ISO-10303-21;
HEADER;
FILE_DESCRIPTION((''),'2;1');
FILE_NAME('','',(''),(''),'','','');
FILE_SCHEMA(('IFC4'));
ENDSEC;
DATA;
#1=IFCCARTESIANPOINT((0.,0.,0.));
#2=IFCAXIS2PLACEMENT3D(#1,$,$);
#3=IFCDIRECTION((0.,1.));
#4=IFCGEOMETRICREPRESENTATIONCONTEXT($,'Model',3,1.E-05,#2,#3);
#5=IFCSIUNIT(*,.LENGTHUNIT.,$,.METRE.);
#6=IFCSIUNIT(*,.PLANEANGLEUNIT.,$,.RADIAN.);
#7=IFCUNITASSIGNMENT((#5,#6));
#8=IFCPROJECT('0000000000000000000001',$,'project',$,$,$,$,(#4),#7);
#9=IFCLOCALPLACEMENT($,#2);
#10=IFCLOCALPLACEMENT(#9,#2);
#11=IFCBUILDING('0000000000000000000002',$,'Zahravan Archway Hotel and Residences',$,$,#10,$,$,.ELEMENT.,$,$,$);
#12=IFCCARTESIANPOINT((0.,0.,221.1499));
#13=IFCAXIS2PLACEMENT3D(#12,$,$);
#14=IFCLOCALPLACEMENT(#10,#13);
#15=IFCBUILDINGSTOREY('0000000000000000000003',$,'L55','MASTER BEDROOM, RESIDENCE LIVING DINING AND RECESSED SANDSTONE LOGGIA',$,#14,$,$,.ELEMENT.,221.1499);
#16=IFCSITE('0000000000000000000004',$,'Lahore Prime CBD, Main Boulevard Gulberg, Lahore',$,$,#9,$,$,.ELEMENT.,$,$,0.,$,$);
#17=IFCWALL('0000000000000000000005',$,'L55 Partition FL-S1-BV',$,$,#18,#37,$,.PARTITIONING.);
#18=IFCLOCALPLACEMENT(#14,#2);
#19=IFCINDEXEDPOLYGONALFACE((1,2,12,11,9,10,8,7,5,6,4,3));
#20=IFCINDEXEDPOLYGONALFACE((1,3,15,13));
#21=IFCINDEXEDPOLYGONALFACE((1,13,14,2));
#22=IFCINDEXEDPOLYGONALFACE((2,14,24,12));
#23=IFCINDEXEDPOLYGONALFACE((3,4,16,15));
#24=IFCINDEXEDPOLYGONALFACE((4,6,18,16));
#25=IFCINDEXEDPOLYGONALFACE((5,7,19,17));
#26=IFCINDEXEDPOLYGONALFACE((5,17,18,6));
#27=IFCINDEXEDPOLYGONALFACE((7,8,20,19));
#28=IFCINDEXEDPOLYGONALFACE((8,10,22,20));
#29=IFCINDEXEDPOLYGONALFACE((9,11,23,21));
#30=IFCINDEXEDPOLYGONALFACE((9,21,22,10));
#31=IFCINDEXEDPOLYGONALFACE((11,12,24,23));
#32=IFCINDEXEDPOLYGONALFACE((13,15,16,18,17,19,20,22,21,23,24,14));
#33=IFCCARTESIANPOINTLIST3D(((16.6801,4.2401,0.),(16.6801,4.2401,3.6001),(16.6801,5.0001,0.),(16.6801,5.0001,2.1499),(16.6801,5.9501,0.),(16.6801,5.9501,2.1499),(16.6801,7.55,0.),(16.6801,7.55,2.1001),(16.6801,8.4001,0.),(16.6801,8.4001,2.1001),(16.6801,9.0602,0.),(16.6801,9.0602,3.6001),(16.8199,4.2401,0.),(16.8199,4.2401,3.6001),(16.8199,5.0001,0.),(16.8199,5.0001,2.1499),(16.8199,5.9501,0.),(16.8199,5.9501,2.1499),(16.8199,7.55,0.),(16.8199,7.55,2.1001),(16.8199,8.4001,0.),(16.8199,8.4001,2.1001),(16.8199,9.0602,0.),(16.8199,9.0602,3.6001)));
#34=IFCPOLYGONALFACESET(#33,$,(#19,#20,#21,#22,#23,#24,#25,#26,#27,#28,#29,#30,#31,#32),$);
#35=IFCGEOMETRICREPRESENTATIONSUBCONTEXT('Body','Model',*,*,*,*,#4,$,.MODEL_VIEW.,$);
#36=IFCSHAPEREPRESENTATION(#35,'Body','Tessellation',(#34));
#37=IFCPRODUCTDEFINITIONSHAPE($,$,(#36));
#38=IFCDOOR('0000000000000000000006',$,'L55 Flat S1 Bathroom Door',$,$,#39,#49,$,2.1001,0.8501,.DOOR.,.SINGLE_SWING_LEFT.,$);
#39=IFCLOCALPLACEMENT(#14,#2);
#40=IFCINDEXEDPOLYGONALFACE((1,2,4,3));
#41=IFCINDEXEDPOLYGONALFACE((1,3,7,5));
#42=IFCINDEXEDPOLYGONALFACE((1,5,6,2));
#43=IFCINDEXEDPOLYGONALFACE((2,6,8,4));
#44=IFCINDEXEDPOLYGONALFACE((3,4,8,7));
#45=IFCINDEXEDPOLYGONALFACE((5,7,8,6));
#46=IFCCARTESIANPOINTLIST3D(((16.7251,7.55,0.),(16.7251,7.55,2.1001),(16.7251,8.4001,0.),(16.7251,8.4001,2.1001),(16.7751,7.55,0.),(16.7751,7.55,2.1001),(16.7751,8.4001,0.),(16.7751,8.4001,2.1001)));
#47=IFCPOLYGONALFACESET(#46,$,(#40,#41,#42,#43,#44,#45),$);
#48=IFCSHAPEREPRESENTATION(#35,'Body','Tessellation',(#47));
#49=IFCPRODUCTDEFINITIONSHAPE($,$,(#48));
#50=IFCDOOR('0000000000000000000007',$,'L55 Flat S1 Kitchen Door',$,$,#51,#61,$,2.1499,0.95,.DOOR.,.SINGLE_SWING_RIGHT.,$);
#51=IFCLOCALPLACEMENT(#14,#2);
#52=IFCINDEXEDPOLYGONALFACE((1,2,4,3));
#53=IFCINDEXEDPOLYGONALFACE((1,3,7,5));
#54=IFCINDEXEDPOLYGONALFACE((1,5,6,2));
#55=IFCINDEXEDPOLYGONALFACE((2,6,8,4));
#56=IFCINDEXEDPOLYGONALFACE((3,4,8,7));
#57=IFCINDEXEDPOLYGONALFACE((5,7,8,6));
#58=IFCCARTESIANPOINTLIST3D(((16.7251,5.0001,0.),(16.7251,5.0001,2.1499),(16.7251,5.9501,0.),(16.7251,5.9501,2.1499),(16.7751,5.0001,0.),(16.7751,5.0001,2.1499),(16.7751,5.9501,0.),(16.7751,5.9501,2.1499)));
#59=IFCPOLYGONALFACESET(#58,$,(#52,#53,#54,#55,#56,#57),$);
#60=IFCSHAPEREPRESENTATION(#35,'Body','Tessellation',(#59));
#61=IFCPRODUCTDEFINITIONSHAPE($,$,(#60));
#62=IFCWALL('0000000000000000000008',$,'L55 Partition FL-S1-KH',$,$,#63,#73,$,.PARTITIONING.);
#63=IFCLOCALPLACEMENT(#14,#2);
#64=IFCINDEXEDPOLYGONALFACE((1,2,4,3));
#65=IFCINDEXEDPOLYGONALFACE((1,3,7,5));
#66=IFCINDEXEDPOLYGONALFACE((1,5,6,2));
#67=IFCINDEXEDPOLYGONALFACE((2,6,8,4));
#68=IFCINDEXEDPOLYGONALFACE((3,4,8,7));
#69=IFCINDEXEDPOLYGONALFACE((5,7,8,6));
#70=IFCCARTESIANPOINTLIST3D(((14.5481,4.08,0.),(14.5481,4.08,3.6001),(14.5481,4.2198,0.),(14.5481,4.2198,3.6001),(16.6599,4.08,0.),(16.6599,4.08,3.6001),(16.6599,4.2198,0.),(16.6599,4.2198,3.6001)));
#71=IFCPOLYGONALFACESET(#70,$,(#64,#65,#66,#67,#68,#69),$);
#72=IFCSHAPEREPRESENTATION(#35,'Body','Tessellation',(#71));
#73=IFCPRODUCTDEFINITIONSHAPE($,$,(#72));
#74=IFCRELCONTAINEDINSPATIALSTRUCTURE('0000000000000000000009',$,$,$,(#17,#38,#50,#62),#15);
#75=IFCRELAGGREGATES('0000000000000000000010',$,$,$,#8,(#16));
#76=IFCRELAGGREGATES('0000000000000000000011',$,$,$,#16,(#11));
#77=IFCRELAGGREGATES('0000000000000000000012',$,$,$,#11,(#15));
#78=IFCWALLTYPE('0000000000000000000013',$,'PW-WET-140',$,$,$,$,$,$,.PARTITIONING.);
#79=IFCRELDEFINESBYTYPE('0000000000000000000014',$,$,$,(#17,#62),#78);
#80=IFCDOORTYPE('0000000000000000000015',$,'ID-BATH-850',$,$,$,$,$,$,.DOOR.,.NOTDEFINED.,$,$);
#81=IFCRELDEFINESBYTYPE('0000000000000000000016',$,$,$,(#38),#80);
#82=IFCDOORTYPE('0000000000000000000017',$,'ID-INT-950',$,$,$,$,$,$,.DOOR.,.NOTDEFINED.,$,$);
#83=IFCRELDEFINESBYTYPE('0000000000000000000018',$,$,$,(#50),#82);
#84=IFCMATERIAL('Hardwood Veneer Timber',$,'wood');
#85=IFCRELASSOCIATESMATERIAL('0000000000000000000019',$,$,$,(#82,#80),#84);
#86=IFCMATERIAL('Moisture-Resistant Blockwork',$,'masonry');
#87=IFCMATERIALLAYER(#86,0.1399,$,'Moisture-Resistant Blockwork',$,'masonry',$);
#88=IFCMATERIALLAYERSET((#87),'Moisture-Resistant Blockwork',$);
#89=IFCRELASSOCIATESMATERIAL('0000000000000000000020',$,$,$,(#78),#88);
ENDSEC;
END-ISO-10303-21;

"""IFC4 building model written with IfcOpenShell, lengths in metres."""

from ifc_helpers import new_model, si_unit, direction, frame, frame_2d, origin, place, context, subcontext, project, spatial, rectangle, extrude, source, transform, mapped, material, layer, layer_set, type_object, type_shapes, element, fill, save


model = new_model("IFC4")

# Units and contexts
model_context = context("Model", 3, precision=1e-05, world=origin(), true_north=direction((0.0, 1.0)))
body_context = subcontext(model_context, "Body", "Model", "MODEL_VIEW")
ifc_project = project(units=[si_unit("LENGTHUNIT", "METRE"), si_unit("PLANEANGLEUNIT", "RADIAN")], contexts=[model_context])

# Site, building, storey
site_placement = place(None, origin())
site = spatial("IfcSite", under=ifc_project, at=site_placement, Name="Lahore Prime CBD, Main Boulevard Gulberg, Lahore", CompositionType="ELEMENT", RefElevation=0.0)
building_placement = place(site_placement, origin())
building = spatial("IfcBuilding", under=site, at=building_placement, Name="Zahravan Archway Hotel and Residences", CompositionType="ELEMENT")
storey_placement = place(building_placement, frame((0.0, 0.0, 221.1499)))
storey = spatial("IfcBuildingStorey", under=building, at=storey_placement, Name="L55", Description="MASTER BEDROOM, RESIDENCE LIVING DINING AND RECESSED SANDSTONE LOGGIA", CompositionType="ELEMENT", Elevation=221.1499)

# Shared definitions
ifc_material_1 = material(Name="Hardwood Veneer Timber", Category="wood")
door_type_1 = type_object("IfcDoorType", Name="ID-INT-950", OperationType="NOTDEFINED", PredefinedType="DOOR", material=ifc_material_1)
shared_shape_1 = source(origin(), body_context, "Body", "SweptSolid", [
    extrude(rectangle(XDim=0.95, YDim=2.1499, at=frame_2d((0.4751, 1.075))), frame((0.0, 0.0249, 0.0), z_axis=(0.0, -1.0, 0.0), x_axis=(1.0, 0.0, 0.0)), (0.0, 0.0, 1.0), 0.05),
])
type_shapes(door_type_1, [shared_shape_1])

# Wall, openings, doors
ifc_material_2 = material(Name="Moisture-Resistant Blockwork", Category="masonry")
ifc_layer_1 = layer(ifc_material_2, 0.1399, Name="Moisture-Resistant Blockwork", Category="masonry")
ifc_layer_set_1 = layer_set([ifc_layer_1], Name="Moisture-Resistant Blockwork")
wall_type_1 = type_object("IfcWallType", Name="PW-WET-140", PredefinedType="PARTITIONING", material=ifc_layer_set_1)
wall_1_placement = place(storey_placement, frame((16.75, 4.24, 0.0), z_axis=(0.0, 0.0, 1.0), x_axis=(0.0, 1.0, 0.0)))
wall_1 = element("IfcWall", 1, at=wall_1_placement, inside=storey, type_object=wall_type_1, Name="L55 Partition FL-S1-BV", PredefinedType="PARTITIONING", context=body_context, shape_type="SweptSolid", body=[
    extrude(rectangle(XDim=4.8201, YDim=0.1399, at=frame_2d((2.4102, 0.0))), origin(), (0.0, 0.0, 1.0), 3.6001),
])
opening_1_placement = place(wall_1_placement, frame((0.76, 0.0, 0.0)))
opening_1 = element("IfcOpeningElement", 2, at=opening_1_placement, cuts=wall_1, PredefinedType="OPENING", context=body_context, shape_type="SweptSolid", body=[
    extrude(rectangle(XDim=0.95, YDim=2.1499, at=frame_2d((0.4751, 1.075))), frame((0.0, 0.0801, 0.0), z_axis=(0.0, -1.0, 0.0), x_axis=(1.0, 0.0, 0.0)), (0.0, 0.0, 1.0), 0.1599),
])
opening_2_placement = place(wall_1_placement, frame((3.3101, 0.0, 0.0)))
opening_2 = element("IfcOpeningElement", 3, at=opening_2_placement, cuts=wall_1, PredefinedType="OPENING", context=body_context, shape_type="SweptSolid", body=[
    extrude(rectangle(XDim=0.8501, YDim=2.1001, at=frame_2d((0.425, 1.05))), frame((0.0, 0.0801, 0.0), z_axis=(0.0, -1.0, 0.0), x_axis=(1.0, 0.0, 0.0)), (0.0, 0.0, 1.0), 0.1599),
])
door_type_2 = type_object("IfcDoorType", Name="ID-BATH-850", OperationType="NOTDEFINED", PredefinedType="DOOR", material=ifc_material_1)
shared_shape_2 = source(origin(), body_context, "Body", "SweptSolid", [
    extrude(rectangle(XDim=0.8501, YDim=2.1001, at=frame_2d((0.425, 1.05))), frame((0.0, 0.0249, 0.0), z_axis=(0.0, -1.0, 0.0), x_axis=(1.0, 0.0, 0.0)), (0.0, 0.0, 1.0), 0.05),
])
type_shapes(door_type_2, [shared_shape_2])
door_1_placement = place(opening_2_placement, origin())
door_1 = element("IfcDoor", 4, at=door_1_placement, inside=storey, type_object=door_type_2, Name="L55 Flat S1 Bathroom Door", OperationType="SINGLE_SWING_LEFT", OverallHeight=2.1001, OverallWidth=0.8501, PredefinedType="DOOR", context=body_context, shape_type="MappedRepresentation", body=[
    mapped(shared_shape_2, transform((0.0, 0.0, 0.0), scale=1.0)),
])
fill(opening_2, door_1)
door_2_placement = place(opening_1_placement, origin())
door_2 = element("IfcDoor", 5, at=door_2_placement, inside=storey, type_object=door_type_1, Name="L55 Flat S1 Kitchen Door", OperationType="SINGLE_SWING_RIGHT", OverallHeight=2.1499, OverallWidth=0.95, PredefinedType="DOOR", context=body_context, shape_type="MappedRepresentation", body=[
    mapped(shared_shape_1, transform((0.0, 0.0, 0.0), scale=1.0)),
])
fill(opening_1, door_2)

# Wall
wall_2_placement = place(storey_placement, frame((14.5481, 4.1499, 0.0), z_axis=(0.0, 0.0, 1.0), x_axis=(1.0, 0.0, 0.0)))
element("IfcWall", 6, at=wall_2_placement, inside=storey, type_object=wall_type_1, Name="L55 Partition FL-S1-KH", PredefinedType="PARTITIONING", context=body_context, shape_type="SweptSolid", body=[
    extrude(rectangle(XDim=2.1118, YDim=0.1399, at=frame_2d((1.0559, 0.0))), origin(), (0.0, 0.0, 1.0), 3.6001),
])

save(model, "model.ifc")
